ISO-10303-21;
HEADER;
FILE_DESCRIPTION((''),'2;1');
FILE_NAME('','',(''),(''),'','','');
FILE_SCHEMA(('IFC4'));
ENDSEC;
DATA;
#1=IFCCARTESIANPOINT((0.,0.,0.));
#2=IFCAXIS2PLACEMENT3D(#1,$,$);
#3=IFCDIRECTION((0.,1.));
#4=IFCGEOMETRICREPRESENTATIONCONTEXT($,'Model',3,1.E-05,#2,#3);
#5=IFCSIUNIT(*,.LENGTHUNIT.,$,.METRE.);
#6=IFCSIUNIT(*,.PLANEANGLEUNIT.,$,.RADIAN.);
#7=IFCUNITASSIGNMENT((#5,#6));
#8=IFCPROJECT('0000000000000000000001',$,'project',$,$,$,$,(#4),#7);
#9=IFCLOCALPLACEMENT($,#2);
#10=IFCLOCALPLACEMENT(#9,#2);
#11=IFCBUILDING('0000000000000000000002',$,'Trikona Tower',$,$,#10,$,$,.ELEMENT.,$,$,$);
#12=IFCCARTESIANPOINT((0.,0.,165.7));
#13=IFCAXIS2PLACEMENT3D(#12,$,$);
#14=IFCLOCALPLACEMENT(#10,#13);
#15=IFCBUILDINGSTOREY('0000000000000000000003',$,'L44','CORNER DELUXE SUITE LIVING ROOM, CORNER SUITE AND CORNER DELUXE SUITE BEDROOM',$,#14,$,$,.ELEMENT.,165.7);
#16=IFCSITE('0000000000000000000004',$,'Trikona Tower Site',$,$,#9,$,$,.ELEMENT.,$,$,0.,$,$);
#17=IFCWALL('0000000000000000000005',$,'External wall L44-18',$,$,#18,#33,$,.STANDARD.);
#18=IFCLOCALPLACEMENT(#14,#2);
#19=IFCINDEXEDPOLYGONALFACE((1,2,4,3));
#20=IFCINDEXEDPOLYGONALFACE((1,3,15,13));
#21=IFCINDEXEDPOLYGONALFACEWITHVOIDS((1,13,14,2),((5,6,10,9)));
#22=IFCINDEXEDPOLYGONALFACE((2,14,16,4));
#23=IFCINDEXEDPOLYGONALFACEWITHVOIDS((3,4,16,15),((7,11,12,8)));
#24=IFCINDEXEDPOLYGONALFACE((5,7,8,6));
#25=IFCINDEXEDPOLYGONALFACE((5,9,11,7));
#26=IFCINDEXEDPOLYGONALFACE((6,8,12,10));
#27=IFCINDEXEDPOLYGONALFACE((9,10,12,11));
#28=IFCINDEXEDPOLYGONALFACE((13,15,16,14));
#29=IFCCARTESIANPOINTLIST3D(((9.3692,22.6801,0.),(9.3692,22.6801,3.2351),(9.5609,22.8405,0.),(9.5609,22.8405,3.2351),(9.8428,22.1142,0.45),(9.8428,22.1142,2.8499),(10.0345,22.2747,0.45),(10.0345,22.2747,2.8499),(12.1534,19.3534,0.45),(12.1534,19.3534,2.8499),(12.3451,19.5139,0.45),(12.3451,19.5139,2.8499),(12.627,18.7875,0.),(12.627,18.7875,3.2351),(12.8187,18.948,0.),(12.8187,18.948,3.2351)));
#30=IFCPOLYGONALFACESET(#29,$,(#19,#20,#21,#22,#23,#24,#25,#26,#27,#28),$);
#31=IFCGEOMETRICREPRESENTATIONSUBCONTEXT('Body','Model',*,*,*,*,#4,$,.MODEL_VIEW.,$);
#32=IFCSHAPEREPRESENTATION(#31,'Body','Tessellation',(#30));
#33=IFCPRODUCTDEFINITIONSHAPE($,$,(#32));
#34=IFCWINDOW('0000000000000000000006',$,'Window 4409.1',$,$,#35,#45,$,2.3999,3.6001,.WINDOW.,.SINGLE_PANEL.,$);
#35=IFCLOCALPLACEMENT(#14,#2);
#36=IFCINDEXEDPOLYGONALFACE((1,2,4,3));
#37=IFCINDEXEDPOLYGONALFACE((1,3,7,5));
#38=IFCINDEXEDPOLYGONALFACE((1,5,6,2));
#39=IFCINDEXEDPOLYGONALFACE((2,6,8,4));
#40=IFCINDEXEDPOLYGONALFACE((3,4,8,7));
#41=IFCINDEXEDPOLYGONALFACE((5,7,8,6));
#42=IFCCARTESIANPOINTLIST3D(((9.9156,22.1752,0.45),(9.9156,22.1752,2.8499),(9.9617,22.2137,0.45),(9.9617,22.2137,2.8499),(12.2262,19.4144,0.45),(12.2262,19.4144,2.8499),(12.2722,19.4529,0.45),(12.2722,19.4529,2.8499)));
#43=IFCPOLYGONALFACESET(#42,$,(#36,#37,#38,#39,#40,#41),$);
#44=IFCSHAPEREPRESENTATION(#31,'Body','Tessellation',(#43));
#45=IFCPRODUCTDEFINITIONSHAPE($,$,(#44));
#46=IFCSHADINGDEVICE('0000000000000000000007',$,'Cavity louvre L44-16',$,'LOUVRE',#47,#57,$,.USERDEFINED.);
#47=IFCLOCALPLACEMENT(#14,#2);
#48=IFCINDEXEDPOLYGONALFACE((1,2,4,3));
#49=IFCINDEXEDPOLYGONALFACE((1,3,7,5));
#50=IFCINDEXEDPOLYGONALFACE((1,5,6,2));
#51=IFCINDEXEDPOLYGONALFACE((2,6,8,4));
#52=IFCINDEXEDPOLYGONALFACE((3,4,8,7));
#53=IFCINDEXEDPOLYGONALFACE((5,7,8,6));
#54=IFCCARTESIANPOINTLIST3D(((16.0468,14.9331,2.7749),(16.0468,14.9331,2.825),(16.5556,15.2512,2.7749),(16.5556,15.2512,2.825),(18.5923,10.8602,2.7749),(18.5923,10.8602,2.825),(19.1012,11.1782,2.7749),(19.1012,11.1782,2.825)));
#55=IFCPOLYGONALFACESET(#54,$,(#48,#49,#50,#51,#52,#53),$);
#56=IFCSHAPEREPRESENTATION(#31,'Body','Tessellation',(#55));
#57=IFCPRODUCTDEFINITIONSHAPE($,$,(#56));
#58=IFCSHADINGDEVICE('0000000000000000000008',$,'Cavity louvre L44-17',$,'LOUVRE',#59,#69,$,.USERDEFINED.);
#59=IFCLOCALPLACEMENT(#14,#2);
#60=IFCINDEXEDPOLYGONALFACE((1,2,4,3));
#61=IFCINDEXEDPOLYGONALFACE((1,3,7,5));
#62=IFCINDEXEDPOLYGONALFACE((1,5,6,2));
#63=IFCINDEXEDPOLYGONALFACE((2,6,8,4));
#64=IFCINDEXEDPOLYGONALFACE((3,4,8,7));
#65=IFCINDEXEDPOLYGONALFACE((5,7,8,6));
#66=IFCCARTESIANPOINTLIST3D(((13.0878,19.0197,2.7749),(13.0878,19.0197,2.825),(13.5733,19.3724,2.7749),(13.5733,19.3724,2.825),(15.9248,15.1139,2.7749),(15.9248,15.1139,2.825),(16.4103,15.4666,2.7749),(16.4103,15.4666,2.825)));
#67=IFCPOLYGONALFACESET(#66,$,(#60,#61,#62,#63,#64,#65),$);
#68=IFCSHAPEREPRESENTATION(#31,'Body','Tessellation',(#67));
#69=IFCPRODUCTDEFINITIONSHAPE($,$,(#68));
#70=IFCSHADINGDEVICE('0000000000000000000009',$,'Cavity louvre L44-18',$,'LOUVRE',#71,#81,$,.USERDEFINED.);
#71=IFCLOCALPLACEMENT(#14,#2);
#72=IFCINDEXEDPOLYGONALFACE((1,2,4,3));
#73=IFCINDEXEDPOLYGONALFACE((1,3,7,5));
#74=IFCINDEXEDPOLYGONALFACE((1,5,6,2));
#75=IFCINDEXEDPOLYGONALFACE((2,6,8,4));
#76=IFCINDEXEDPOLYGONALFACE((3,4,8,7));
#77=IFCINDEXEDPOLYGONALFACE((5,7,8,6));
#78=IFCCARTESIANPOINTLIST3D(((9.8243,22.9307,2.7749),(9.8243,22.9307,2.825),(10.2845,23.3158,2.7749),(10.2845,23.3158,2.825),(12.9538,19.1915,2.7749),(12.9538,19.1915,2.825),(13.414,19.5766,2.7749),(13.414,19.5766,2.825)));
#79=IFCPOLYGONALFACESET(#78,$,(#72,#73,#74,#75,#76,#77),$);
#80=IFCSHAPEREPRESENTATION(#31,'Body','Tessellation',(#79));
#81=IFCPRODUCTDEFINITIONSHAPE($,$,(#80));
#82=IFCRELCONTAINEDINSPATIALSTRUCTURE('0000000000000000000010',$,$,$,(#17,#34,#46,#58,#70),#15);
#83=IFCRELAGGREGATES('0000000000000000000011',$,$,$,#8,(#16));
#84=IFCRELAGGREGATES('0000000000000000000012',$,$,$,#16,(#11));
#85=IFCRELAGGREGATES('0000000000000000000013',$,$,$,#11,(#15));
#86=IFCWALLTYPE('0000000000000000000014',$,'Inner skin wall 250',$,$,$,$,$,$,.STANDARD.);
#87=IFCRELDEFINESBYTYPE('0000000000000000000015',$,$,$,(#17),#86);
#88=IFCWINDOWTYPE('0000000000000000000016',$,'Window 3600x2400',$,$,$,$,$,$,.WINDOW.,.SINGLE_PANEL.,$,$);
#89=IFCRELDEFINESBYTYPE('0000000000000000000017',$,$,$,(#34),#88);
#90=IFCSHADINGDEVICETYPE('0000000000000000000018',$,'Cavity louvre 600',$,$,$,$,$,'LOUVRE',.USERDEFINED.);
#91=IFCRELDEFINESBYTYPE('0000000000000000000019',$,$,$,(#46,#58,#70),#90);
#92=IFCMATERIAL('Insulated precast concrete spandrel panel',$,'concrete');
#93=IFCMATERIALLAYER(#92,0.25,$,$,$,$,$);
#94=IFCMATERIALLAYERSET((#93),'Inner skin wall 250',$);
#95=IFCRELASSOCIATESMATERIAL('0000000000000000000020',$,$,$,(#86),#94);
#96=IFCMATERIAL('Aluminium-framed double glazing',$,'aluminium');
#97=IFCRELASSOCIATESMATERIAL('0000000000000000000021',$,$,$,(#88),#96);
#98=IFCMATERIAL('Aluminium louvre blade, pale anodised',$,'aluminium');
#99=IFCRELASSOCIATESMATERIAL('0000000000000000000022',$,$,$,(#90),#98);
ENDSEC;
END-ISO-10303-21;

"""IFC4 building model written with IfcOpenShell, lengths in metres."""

from ifc_helpers import new_model, si_unit, direction, frame, frame_2d, origin, origin_2d, place, context, subcontext, project, spatial, rectangle, extrude, material, layer, layer_set, type_object, element, fill, save


model = new_model("IFC4")

# Units and contexts
model_context = context("Model", 3, precision=1e-05, world=origin(), true_north=direction((0.0, 1.0)))
body_context = subcontext(model_context, "Body", "Model", "MODEL_VIEW")
ifc_project = project(units=[si_unit("LENGTHUNIT", "METRE"), si_unit("PLANEANGLEUNIT", "RADIAN")], contexts=[model_context])

# Site, building, storey
site_placement = place(None, origin())
site = spatial("IfcSite", under=ifc_project, at=site_placement, Name="Trikona Tower Site", CompositionType="ELEMENT", RefElevation=0.0)
building_placement = place(site_placement, origin())
building = spatial("IfcBuilding", under=site, at=building_placement, Name="Trikona Tower", CompositionType="ELEMENT")
storey_placement = place(building_placement, frame((0.0, 0.0, 165.7)))
storey = spatial("IfcBuildingStorey", under=building, at=storey_placement, Name="L44", Description="CORNER DELUXE SUITE LIVING ROOM, CORNER SUITE AND CORNER DELUXE SUITE BEDROOM", CompositionType="ELEMENT", Elevation=165.7)

# Wall, opening, window
ifc_material_1 = material(Name="Insulated precast concrete spandrel panel", Category="concrete")
ifc_layer_1 = layer(ifc_material_1, 0.25)
ifc_layer_set_1 = layer_set([ifc_layer_1], Name="Inner skin wall 250")
wall_type = type_object("IfcWallType", Name="Inner skin wall 250", PredefinedType="STANDARD", material=ifc_layer_set_1)
wall_1_placement = place(storey_placement, frame((12.7229, 18.8677, 0.0), z_axis=(0.0, 0.0, 1.0), x_axis=(-0.64181, 0.766863, 0.0)))
wall_1 = element("IfcWall", 1, at=wall_1_placement, inside=storey, type_object=wall_type, Name="External wall L44-18", PredefinedType="STANDARD", context=body_context, shape_type="SweptSolid", body=[
    extrude(rectangle(XDim=5.0759, YDim=0.25, at=frame_2d((2.5381, 0.0))), origin(), (0.0, 0.0, 1.0), 3.2351),
])
opening_1_placement = place(wall_1_placement, frame((0.738, 0.0, 0.45)))
opening_1 = element("IfcOpeningElement", 2, at=opening_1_placement, cuts=wall_1, PredefinedType="OPENING", context=body_context, shape_type="SweptSolid", body=[
    extrude(rectangle(XDim=3.6001, YDim=2.3999, at=frame_2d((1.8, 1.2))), frame((0.0, 0.135, 0.0), z_axis=(0.0, -1.0, 0.0), x_axis=(1.0, 0.0, 0.0)), (0.0, 0.0, 1.0), 0.27),
])
ifc_material_2 = material(Name="Aluminium-framed double glazing", Category="aluminium")
window_type_1 = type_object("IfcWindowType", Name="Window 3600x2400", PartitioningType="SINGLE_PANEL", PredefinedType="WINDOW", material=ifc_material_2)
window_1_placement = place(opening_1_placement, origin())
window_1 = element("IfcWindow", 3, at=window_1_placement, inside=storey, type_object=window_type_1, Name="Window 4409.1", OverallHeight=2.3999, OverallWidth=3.6001, PartitioningType="SINGLE_PANEL", PredefinedType="WINDOW", context=body_context, shape_type="SweptSolid", body=[
    extrude(rectangle(XDim=3.6001, YDim=2.3999, at=frame_2d((1.8, 1.2))), frame((0.0, 0.03, 0.0), z_axis=(0.0, -1.0, 0.0), x_axis=(1.0, 0.0, 0.0)), (0.0, 0.0, 1.0), 0.0601),
])
fill(opening_1, window_1)

# Shading devices
ifc_material_3 = material(Name="Aluminium louvre blade, pale anodised", Category="aluminium")
shading_device_type = type_object("IfcShadingDeviceType", Name="Cavity louvre 600", ElementType="LOUVRE", PredefinedType="USERDEFINED", material=ifc_material_3)
shading_device_1_placement = place(storey_placement, frame((17.574, 13.0557, 2.7749), z_axis=(0.0, 0.0, 1.0), x_axis=(-0.529995, 0.848001, 0.0)))
element("IfcShadingDevice", 4, at=shading_device_1_placement, inside=storey, type_object=shading_device_type, Name="Cavity louvre L44-16", ObjectType="LOUVRE", PredefinedType="USERDEFINED", context=body_context, shape_type="SweptSolid", body=[
    extrude(rectangle(XDim=4.803, YDim=0.6001, at=origin_2d()), origin(), (0.0, 0.0, 1.0), 0.05),
])
shading_device_2_placement = place(storey_placement, frame((14.749, 17.2432, 2.7749), z_axis=(0.0, 0.0, 1.0), x_axis=(-0.587686, 0.809089, 0.0)))
element("IfcShadingDevice", 5, at=shading_device_2_placement, inside=storey, type_object=shading_device_type, Name="Cavity louvre L44-17", ObjectType="LOUVRE", PredefinedType="USERDEFINED", context=body_context, shape_type="SweptSolid", body=[
    extrude(rectangle(XDim=4.8274, YDim=0.6001, at=origin_2d()), origin(), (0.0, 0.0, 1.0), 0.05),
])
shading_device_3_placement = place(storey_placement, frame((11.6191, 21.2537, 2.7749), z_axis=(0.0, 0.0, 1.0), x_axis=(-0.641807, 0.766866, 0.0)))
element("IfcShadingDevice", 6, at=shading_device_3_placement, inside=storey, type_object=shading_device_type, Name="Cavity louvre L44-18", ObjectType="LOUVRE", PredefinedType="USERDEFINED", context=body_context, shape_type="SweptSolid", body=[
    extrude(rectangle(XDim=4.876, YDim=0.6001, at=origin_2d()), origin(), (0.0, 0.0, 1.0), 0.05),
])

save(model, "model.ifc")
